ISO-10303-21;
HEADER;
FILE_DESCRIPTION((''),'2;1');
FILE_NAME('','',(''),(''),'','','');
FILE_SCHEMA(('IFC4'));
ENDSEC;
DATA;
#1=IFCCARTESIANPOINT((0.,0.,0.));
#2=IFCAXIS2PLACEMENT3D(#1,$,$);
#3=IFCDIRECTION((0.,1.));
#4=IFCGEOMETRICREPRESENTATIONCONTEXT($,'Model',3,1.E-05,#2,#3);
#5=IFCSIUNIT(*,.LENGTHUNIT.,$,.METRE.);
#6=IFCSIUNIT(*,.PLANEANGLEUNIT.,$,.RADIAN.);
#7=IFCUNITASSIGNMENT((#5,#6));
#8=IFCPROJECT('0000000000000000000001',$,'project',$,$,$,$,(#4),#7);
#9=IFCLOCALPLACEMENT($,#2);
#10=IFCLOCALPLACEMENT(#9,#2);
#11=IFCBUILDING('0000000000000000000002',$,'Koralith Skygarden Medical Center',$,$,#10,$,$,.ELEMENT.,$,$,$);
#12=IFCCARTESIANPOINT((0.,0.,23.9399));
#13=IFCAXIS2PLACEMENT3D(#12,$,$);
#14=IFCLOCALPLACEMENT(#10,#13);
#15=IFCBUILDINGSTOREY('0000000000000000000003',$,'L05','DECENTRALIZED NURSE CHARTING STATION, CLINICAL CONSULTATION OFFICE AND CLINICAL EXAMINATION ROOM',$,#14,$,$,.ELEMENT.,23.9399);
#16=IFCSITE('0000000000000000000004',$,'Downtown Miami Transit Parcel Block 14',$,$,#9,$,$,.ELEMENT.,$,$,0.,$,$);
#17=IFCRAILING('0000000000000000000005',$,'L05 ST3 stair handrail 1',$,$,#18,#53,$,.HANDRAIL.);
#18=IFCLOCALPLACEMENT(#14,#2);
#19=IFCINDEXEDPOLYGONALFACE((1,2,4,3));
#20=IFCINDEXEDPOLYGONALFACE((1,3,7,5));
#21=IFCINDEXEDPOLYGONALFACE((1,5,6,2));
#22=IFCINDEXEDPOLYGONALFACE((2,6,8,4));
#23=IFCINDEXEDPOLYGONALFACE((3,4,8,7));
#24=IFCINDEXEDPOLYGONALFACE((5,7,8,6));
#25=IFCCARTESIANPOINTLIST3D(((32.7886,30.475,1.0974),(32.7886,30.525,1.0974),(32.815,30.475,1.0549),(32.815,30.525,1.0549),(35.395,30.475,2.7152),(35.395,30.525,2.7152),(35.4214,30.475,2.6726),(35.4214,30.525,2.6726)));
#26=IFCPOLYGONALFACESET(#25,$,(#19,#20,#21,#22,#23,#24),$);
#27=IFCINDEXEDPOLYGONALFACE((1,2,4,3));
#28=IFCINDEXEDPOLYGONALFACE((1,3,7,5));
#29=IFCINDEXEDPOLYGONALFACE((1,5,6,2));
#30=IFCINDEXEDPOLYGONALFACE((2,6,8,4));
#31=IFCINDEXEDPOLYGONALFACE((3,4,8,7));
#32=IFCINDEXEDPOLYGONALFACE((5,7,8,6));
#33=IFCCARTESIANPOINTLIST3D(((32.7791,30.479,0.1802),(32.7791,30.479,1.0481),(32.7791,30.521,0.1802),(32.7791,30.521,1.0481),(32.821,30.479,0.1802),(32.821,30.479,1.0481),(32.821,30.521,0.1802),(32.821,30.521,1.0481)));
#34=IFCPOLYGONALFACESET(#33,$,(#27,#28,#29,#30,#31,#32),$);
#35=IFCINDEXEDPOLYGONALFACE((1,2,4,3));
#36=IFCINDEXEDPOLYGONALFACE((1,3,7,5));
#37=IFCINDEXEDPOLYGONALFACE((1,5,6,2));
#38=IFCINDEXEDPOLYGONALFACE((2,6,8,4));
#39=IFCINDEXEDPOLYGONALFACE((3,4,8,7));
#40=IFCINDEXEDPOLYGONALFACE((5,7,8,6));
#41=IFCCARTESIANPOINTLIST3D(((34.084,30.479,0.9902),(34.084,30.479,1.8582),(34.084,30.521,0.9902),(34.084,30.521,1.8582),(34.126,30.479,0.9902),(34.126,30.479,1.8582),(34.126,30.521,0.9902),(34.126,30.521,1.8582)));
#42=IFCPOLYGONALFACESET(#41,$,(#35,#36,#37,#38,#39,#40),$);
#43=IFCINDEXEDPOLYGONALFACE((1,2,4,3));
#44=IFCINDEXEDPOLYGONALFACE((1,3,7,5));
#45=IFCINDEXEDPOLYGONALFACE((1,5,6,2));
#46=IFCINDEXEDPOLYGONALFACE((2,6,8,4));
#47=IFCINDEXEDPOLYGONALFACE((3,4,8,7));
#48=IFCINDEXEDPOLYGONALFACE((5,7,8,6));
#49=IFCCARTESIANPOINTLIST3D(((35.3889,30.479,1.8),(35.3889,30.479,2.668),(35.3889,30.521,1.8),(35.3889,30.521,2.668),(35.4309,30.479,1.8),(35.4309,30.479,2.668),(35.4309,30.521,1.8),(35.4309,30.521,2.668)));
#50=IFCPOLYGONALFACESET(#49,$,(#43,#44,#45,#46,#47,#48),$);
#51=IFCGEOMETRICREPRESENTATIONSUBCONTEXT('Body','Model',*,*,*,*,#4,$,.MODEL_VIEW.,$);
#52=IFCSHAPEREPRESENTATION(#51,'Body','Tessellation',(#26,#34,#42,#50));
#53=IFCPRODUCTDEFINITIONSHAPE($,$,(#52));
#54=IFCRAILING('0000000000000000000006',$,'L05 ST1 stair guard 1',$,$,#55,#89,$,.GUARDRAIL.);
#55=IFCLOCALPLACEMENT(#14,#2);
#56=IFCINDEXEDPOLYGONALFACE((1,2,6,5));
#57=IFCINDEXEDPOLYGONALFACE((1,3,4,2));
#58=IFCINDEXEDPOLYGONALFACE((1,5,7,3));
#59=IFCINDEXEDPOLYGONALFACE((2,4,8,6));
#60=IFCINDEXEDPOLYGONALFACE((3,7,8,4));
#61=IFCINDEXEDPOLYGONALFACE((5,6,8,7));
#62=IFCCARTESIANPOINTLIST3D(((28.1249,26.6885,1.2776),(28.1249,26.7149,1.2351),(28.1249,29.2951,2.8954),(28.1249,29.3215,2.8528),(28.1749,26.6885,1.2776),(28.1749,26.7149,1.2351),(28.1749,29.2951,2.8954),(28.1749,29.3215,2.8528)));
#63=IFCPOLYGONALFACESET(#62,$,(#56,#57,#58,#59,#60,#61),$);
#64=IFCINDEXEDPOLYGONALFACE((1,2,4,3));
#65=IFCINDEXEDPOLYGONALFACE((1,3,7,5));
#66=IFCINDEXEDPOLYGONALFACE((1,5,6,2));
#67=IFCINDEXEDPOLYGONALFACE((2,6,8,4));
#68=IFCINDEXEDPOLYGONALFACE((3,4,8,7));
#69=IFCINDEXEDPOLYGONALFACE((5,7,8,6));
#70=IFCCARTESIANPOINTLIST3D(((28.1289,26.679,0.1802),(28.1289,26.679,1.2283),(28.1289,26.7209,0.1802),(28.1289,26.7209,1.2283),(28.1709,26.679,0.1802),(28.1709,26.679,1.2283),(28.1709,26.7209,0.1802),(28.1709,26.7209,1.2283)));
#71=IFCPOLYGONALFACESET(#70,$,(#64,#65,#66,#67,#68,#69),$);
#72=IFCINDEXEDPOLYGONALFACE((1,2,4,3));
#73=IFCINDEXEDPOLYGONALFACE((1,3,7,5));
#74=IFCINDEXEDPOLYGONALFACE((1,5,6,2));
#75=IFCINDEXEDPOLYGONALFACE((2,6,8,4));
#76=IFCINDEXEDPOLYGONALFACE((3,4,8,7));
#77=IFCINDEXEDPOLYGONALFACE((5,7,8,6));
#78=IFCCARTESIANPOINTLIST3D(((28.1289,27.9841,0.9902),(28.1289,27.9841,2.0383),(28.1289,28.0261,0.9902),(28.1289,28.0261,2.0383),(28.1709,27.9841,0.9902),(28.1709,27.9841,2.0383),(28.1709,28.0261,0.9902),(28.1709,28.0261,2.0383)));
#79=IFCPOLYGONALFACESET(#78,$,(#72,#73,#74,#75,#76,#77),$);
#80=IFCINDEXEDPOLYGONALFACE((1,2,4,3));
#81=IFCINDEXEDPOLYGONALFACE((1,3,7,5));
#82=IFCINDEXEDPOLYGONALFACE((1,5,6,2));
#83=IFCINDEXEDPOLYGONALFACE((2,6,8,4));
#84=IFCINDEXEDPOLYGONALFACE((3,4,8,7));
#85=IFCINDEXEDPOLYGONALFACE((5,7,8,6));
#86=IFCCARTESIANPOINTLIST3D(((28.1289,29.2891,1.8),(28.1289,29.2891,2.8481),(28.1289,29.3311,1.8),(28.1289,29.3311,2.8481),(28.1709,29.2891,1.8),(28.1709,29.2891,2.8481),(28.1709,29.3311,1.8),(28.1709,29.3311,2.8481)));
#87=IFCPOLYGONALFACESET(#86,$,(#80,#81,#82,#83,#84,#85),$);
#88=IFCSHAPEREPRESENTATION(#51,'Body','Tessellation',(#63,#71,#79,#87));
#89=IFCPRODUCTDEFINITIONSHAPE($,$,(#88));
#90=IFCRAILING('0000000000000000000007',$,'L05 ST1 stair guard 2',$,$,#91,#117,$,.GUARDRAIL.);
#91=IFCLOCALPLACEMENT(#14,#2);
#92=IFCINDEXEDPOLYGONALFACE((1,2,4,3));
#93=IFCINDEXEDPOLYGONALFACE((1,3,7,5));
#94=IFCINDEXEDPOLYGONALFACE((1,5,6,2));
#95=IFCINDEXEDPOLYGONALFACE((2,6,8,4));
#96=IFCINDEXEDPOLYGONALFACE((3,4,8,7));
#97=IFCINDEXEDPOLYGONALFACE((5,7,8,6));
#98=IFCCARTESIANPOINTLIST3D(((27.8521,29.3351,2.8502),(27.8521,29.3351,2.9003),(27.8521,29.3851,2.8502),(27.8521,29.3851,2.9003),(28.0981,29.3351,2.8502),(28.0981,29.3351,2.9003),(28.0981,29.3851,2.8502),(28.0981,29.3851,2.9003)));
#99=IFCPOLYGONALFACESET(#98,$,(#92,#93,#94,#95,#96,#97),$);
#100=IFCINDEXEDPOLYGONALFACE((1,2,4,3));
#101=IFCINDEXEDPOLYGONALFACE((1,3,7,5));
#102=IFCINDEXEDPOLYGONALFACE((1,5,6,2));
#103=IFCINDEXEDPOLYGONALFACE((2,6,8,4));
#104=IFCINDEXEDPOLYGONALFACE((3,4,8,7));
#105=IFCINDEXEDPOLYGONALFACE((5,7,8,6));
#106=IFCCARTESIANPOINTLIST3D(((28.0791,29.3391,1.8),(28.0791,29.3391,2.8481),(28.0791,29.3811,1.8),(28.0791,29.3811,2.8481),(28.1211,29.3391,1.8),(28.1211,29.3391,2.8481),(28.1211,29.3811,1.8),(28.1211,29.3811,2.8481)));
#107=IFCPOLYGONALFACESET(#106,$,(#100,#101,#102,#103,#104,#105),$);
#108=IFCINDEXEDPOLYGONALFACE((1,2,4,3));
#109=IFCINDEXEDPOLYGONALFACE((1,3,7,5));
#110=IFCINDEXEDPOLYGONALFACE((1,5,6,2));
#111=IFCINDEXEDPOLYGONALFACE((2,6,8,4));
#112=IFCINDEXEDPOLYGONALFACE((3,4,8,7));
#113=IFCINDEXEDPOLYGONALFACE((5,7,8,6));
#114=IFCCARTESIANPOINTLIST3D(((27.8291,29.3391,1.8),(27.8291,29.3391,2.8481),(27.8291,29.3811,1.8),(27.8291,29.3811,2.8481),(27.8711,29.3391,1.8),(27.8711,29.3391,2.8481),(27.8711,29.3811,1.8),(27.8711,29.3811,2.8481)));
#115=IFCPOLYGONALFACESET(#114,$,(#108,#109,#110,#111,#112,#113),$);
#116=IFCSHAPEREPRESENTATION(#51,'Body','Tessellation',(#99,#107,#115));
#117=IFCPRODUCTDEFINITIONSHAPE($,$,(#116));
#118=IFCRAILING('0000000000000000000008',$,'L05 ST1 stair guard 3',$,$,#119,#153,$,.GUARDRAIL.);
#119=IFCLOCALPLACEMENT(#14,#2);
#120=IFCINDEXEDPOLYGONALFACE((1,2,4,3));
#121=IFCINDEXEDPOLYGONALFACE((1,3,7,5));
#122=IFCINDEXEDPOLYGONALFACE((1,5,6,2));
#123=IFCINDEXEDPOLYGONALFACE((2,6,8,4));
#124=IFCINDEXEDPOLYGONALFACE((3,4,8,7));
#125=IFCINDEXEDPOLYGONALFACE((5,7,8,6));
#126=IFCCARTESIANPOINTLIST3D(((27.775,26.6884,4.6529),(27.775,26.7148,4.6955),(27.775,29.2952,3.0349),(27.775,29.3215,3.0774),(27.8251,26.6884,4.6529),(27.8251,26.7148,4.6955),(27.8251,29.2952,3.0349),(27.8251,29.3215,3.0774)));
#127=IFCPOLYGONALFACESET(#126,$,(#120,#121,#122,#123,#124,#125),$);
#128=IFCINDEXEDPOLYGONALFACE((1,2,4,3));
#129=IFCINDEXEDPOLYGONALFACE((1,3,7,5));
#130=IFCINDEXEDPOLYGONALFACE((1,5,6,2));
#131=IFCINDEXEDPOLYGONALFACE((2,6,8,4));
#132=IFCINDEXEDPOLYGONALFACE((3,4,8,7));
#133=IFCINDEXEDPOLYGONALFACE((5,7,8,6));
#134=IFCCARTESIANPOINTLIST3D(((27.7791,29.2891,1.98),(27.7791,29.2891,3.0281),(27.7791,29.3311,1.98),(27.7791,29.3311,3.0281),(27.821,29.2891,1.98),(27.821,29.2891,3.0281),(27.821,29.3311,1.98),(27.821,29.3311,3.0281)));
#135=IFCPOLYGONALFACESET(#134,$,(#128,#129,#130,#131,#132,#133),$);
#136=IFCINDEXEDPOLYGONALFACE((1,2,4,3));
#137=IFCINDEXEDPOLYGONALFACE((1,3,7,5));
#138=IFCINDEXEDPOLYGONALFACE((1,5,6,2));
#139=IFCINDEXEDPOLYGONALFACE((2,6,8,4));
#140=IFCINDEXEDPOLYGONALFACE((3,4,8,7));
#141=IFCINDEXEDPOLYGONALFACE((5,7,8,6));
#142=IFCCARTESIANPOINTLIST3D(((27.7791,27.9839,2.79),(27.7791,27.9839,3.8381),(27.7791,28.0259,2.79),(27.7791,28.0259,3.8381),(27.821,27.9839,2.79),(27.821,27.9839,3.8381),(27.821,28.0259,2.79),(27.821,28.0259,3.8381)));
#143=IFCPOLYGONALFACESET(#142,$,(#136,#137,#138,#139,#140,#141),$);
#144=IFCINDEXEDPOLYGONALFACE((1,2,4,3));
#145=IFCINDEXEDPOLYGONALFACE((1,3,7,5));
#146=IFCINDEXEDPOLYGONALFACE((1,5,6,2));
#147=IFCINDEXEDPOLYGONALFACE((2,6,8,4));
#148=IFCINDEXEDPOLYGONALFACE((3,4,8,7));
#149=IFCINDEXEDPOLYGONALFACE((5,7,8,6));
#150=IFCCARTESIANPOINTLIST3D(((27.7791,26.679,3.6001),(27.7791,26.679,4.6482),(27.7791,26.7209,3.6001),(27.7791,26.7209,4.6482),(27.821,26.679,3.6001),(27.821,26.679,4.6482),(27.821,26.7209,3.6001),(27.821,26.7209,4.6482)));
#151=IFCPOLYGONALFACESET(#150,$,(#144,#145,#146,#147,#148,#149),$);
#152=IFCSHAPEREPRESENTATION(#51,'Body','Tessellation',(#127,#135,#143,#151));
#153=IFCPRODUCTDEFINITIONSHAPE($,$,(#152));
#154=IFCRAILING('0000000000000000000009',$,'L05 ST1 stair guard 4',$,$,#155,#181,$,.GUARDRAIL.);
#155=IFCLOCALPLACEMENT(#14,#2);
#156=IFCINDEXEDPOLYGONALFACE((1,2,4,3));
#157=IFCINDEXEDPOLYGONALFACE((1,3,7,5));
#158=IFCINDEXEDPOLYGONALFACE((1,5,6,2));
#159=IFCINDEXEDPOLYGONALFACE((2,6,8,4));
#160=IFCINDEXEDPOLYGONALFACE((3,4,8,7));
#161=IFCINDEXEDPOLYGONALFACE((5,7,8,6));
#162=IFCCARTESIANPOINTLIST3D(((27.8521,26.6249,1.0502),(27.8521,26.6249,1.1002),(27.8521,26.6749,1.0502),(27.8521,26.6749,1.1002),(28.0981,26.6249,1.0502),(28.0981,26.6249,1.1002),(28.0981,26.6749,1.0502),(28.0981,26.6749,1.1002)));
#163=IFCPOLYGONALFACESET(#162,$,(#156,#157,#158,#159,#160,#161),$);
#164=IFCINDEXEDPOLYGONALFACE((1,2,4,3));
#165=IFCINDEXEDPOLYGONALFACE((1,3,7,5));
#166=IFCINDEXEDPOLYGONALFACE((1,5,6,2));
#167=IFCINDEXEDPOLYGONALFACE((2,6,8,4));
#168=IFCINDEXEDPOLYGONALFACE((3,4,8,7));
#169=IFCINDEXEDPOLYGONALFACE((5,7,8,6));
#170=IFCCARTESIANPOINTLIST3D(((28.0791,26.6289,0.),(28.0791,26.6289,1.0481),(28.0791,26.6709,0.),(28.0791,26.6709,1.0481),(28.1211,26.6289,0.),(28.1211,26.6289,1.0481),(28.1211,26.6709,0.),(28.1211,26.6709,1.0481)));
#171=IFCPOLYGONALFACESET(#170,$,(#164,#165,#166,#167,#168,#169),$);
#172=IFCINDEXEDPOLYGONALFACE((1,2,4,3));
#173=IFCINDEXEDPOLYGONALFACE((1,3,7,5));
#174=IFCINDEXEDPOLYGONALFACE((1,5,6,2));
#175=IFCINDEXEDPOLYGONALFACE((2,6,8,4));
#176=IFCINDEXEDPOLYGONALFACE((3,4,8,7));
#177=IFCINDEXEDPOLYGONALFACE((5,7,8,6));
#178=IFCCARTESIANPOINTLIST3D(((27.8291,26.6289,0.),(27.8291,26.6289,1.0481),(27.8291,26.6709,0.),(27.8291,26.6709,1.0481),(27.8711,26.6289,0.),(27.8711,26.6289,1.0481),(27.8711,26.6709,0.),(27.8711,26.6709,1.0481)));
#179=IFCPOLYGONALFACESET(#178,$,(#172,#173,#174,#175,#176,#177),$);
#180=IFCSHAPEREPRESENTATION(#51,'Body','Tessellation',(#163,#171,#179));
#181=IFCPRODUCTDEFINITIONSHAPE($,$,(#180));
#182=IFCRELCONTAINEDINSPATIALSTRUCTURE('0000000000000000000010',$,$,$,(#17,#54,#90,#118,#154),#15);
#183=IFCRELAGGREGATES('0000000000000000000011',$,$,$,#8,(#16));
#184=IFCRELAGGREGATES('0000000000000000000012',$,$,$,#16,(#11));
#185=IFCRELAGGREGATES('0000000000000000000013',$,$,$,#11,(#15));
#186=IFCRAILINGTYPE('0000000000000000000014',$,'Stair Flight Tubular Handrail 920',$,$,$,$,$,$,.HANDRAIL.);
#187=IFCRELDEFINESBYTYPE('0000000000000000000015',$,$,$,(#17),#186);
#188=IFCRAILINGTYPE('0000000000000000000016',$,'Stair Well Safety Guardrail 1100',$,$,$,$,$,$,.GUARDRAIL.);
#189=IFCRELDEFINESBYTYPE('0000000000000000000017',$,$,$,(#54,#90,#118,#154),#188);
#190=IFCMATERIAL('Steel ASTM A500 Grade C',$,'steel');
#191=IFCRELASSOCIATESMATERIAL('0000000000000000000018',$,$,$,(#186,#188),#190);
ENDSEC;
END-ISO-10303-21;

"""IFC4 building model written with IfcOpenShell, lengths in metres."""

from ifc_helpers import new_model, si_unit, direction, frame, origin, origin_2d, place, context, subcontext, project, spatial, rectangle, extrude, material, type_object, element, save


model = new_model("IFC4")

# Units and contexts
model_context = context("Model", 3, precision=1e-05, world=origin(), true_north=direction((0.0, 1.0)))
body_context = subcontext(model_context, "Body", "Model", "MODEL_VIEW")
ifc_project = project(units=[si_unit("LENGTHUNIT", "METRE"), si_unit("PLANEANGLEUNIT", "RADIAN")], contexts=[model_context])

# Site, building, storey
site_placement = place(None, origin())
site = spatial("IfcSite", under=ifc_project, at=site_placement, Name="Downtown Miami Transit Parcel Block 14", CompositionType="ELEMENT", RefElevation=0.0)
building_placement = place(site_placement, origin())
building = spatial("IfcBuilding", under=site, at=building_placement, Name="Koralith Skygarden Medical Center", CompositionType="ELEMENT")
storey_placement = place(building_placement, frame((0.0, 0.0, 23.9399)))
storey = spatial("IfcBuildingStorey", under=building, at=storey_placement, Name="L05", Description="DECENTRALIZED NURSE CHARTING STATION, CLINICAL CONSULTATION OFFICE AND CLINICAL EXAMINATION ROOM", CompositionType="ELEMENT", Elevation=23.9399)

# Shared definitions
ifc_material_1 = material(Name="Steel ASTM A500 Grade C", Category="steel")

# Railings
railing_type_1 = type_object("IfcRailingType", Name="Stair Flight Tubular Handrail 920", PredefinedType="HANDRAIL", material=ifc_material_1)
railing_1_placement = place(storey_placement, frame((32.8, 30.5, 0.1802)))
element("IfcRailing", 1, at=railing_1_placement, inside=storey, type_object=railing_type_1, Name="L05 ST3 stair handrail 1", PredefinedType="HANDRAIL", context=body_context, shape_type="SweptSolid", body=[
    extrude(rectangle(XDim=0.05, YDim=0.05, at=origin_2d()), frame((0.0017, 0.0, 0.896), z_axis=(0.849646, 0.0, 0.527353), x_axis=(0.0, 1.0, 0.0)), (0.0, 0.0, 1.0), 3.0676),
    extrude(rectangle(XDim=0.042, YDim=0.042, at=origin_2d()), origin(), (0.0, 0.0, 1.0), 0.8679),
    extrude(rectangle(XDim=0.042, YDim=0.042, at=origin_2d()), frame((1.3049, 0.0, 0.8101)), (0.0, 0.0, 1.0), 0.8679),
    extrude(rectangle(XDim=0.042, YDim=0.042, at=origin_2d()), frame((2.6099, 0.0, 1.6199)), (0.0, 0.0, 1.0), 0.8679),
])
railing_type_2 = type_object("IfcRailingType", Name="Stair Well Safety Guardrail 1100", PredefinedType="GUARDRAIL", material=ifc_material_1)
railing_2_placement = place(storey_placement, frame((28.1499, 26.7, 0.1802)))
element("IfcRailing", 2, at=railing_2_placement, inside=storey, type_object=railing_type_2, Name="L05 ST1 stair guard 1", PredefinedType="GUARDRAIL", context=body_context, shape_type="SweptSolid", body=[
    extrude(rectangle(XDim=0.05, YDim=0.05, at=origin_2d()), frame((0.0, 0.0017, 1.0762), z_axis=(0.0, 0.849668, 0.527317), x_axis=(-1.0, 0.0, 0.0)), (0.0, 0.0, 1.0), 3.0679),
    extrude(rectangle(XDim=0.042, YDim=0.042, at=origin_2d()), origin(), (0.0, 0.0, 1.0), 1.0481),
    extrude(rectangle(XDim=0.042, YDim=0.042, at=origin_2d()), frame((0.0, 1.3052, 0.8101)), (0.0, 0.0, 1.0), 1.0481),
    extrude(rectangle(XDim=0.042, YDim=0.042, at=origin_2d()), frame((0.0, 2.6101, 1.6199)), (0.0, 0.0, 1.0), 1.0481),
])
railing_3_placement = place(storey_placement, frame((28.1001, 29.3601, 1.8)))
element("IfcRailing", 3, at=railing_3_placement, inside=storey, type_object=railing_type_2, Name="L05 ST1 stair guard 2", PredefinedType="GUARDRAIL", context=body_context, shape_type="SweptSolid", body=[
    extrude(rectangle(XDim=0.05, YDim=0.05, at=origin_2d()), frame((-0.002, 0.0, 1.0752), z_axis=(-1.0, 0.0, 0.0), x_axis=(0.0, -1.0, 0.0)), (0.0, 0.0, 1.0), 0.2461),
    extrude(rectangle(XDim=0.042, YDim=0.042, at=origin_2d()), origin(), (0.0, 0.0, 1.0), 1.0481),
    extrude(rectangle(XDim=0.042, YDim=0.042, at=origin_2d()), frame((-0.25, 0.0, 0.0)), (0.0, 0.0, 1.0), 1.0481),
])
railing_4_placement = place(storey_placement, frame((27.8, 29.3101, 1.98)))
element("IfcRailing", 4, at=railing_4_placement, inside=storey, type_object=railing_type_2, Name="L05 ST1 stair guard 3", PredefinedType="GUARDRAIL", context=body_context, shape_type="SweptSolid", body=[
    extrude(rectangle(XDim=0.05, YDim=0.05, at=origin_2d()), frame((0.0, -0.0017, 1.0762), z_axis=(0.0, -0.849633, 0.527375), x_axis=(1.0, 0.0, 0.0)), (0.0, 0.0, 1.0), 3.0681),
    extrude(rectangle(XDim=0.042, YDim=0.042, at=origin_2d()), origin(), (0.0, 0.0, 1.0), 1.0481),
    extrude(rectangle(XDim=0.042, YDim=0.042, at=origin_2d()), frame((0.0, -1.3052, 0.8101)), (0.0, 0.0, 1.0), 1.0481),
    extrude(rectangle(XDim=0.042, YDim=0.042, at=origin_2d()), frame((0.0, -2.6101, 1.6201)), (0.0, 0.0, 1.0), 1.0481),
])
railing_5_placement = place(storey_placement, frame((28.1001, 26.6499, 0.0)))
element("IfcRailing", 5, at=railing_5_placement, inside=storey, type_object=railing_type_2, Name="L05 ST1 stair guard 4", PredefinedType="GUARDRAIL", context=body_context, shape_type="SweptSolid", body=[
    extrude(rectangle(XDim=0.05, YDim=0.05, at=origin_2d()), frame((-0.002, 0.0, 1.0752), z_axis=(-1.0, 0.0, 0.0), x_axis=(0.0, -1.0, 0.0)), (0.0, 0.0, 1.0), 0.2461),
    extrude(rectangle(XDim=0.042, YDim=0.042, at=origin_2d()), origin(), (0.0, 0.0, 1.0), 1.0481),
    extrude(rectangle(XDim=0.042, YDim=0.042, at=origin_2d()), frame((-0.25, 0.0, 0.0)), (0.0, 0.0, 1.0), 1.0481),
])

save(model, "model.ifc")
